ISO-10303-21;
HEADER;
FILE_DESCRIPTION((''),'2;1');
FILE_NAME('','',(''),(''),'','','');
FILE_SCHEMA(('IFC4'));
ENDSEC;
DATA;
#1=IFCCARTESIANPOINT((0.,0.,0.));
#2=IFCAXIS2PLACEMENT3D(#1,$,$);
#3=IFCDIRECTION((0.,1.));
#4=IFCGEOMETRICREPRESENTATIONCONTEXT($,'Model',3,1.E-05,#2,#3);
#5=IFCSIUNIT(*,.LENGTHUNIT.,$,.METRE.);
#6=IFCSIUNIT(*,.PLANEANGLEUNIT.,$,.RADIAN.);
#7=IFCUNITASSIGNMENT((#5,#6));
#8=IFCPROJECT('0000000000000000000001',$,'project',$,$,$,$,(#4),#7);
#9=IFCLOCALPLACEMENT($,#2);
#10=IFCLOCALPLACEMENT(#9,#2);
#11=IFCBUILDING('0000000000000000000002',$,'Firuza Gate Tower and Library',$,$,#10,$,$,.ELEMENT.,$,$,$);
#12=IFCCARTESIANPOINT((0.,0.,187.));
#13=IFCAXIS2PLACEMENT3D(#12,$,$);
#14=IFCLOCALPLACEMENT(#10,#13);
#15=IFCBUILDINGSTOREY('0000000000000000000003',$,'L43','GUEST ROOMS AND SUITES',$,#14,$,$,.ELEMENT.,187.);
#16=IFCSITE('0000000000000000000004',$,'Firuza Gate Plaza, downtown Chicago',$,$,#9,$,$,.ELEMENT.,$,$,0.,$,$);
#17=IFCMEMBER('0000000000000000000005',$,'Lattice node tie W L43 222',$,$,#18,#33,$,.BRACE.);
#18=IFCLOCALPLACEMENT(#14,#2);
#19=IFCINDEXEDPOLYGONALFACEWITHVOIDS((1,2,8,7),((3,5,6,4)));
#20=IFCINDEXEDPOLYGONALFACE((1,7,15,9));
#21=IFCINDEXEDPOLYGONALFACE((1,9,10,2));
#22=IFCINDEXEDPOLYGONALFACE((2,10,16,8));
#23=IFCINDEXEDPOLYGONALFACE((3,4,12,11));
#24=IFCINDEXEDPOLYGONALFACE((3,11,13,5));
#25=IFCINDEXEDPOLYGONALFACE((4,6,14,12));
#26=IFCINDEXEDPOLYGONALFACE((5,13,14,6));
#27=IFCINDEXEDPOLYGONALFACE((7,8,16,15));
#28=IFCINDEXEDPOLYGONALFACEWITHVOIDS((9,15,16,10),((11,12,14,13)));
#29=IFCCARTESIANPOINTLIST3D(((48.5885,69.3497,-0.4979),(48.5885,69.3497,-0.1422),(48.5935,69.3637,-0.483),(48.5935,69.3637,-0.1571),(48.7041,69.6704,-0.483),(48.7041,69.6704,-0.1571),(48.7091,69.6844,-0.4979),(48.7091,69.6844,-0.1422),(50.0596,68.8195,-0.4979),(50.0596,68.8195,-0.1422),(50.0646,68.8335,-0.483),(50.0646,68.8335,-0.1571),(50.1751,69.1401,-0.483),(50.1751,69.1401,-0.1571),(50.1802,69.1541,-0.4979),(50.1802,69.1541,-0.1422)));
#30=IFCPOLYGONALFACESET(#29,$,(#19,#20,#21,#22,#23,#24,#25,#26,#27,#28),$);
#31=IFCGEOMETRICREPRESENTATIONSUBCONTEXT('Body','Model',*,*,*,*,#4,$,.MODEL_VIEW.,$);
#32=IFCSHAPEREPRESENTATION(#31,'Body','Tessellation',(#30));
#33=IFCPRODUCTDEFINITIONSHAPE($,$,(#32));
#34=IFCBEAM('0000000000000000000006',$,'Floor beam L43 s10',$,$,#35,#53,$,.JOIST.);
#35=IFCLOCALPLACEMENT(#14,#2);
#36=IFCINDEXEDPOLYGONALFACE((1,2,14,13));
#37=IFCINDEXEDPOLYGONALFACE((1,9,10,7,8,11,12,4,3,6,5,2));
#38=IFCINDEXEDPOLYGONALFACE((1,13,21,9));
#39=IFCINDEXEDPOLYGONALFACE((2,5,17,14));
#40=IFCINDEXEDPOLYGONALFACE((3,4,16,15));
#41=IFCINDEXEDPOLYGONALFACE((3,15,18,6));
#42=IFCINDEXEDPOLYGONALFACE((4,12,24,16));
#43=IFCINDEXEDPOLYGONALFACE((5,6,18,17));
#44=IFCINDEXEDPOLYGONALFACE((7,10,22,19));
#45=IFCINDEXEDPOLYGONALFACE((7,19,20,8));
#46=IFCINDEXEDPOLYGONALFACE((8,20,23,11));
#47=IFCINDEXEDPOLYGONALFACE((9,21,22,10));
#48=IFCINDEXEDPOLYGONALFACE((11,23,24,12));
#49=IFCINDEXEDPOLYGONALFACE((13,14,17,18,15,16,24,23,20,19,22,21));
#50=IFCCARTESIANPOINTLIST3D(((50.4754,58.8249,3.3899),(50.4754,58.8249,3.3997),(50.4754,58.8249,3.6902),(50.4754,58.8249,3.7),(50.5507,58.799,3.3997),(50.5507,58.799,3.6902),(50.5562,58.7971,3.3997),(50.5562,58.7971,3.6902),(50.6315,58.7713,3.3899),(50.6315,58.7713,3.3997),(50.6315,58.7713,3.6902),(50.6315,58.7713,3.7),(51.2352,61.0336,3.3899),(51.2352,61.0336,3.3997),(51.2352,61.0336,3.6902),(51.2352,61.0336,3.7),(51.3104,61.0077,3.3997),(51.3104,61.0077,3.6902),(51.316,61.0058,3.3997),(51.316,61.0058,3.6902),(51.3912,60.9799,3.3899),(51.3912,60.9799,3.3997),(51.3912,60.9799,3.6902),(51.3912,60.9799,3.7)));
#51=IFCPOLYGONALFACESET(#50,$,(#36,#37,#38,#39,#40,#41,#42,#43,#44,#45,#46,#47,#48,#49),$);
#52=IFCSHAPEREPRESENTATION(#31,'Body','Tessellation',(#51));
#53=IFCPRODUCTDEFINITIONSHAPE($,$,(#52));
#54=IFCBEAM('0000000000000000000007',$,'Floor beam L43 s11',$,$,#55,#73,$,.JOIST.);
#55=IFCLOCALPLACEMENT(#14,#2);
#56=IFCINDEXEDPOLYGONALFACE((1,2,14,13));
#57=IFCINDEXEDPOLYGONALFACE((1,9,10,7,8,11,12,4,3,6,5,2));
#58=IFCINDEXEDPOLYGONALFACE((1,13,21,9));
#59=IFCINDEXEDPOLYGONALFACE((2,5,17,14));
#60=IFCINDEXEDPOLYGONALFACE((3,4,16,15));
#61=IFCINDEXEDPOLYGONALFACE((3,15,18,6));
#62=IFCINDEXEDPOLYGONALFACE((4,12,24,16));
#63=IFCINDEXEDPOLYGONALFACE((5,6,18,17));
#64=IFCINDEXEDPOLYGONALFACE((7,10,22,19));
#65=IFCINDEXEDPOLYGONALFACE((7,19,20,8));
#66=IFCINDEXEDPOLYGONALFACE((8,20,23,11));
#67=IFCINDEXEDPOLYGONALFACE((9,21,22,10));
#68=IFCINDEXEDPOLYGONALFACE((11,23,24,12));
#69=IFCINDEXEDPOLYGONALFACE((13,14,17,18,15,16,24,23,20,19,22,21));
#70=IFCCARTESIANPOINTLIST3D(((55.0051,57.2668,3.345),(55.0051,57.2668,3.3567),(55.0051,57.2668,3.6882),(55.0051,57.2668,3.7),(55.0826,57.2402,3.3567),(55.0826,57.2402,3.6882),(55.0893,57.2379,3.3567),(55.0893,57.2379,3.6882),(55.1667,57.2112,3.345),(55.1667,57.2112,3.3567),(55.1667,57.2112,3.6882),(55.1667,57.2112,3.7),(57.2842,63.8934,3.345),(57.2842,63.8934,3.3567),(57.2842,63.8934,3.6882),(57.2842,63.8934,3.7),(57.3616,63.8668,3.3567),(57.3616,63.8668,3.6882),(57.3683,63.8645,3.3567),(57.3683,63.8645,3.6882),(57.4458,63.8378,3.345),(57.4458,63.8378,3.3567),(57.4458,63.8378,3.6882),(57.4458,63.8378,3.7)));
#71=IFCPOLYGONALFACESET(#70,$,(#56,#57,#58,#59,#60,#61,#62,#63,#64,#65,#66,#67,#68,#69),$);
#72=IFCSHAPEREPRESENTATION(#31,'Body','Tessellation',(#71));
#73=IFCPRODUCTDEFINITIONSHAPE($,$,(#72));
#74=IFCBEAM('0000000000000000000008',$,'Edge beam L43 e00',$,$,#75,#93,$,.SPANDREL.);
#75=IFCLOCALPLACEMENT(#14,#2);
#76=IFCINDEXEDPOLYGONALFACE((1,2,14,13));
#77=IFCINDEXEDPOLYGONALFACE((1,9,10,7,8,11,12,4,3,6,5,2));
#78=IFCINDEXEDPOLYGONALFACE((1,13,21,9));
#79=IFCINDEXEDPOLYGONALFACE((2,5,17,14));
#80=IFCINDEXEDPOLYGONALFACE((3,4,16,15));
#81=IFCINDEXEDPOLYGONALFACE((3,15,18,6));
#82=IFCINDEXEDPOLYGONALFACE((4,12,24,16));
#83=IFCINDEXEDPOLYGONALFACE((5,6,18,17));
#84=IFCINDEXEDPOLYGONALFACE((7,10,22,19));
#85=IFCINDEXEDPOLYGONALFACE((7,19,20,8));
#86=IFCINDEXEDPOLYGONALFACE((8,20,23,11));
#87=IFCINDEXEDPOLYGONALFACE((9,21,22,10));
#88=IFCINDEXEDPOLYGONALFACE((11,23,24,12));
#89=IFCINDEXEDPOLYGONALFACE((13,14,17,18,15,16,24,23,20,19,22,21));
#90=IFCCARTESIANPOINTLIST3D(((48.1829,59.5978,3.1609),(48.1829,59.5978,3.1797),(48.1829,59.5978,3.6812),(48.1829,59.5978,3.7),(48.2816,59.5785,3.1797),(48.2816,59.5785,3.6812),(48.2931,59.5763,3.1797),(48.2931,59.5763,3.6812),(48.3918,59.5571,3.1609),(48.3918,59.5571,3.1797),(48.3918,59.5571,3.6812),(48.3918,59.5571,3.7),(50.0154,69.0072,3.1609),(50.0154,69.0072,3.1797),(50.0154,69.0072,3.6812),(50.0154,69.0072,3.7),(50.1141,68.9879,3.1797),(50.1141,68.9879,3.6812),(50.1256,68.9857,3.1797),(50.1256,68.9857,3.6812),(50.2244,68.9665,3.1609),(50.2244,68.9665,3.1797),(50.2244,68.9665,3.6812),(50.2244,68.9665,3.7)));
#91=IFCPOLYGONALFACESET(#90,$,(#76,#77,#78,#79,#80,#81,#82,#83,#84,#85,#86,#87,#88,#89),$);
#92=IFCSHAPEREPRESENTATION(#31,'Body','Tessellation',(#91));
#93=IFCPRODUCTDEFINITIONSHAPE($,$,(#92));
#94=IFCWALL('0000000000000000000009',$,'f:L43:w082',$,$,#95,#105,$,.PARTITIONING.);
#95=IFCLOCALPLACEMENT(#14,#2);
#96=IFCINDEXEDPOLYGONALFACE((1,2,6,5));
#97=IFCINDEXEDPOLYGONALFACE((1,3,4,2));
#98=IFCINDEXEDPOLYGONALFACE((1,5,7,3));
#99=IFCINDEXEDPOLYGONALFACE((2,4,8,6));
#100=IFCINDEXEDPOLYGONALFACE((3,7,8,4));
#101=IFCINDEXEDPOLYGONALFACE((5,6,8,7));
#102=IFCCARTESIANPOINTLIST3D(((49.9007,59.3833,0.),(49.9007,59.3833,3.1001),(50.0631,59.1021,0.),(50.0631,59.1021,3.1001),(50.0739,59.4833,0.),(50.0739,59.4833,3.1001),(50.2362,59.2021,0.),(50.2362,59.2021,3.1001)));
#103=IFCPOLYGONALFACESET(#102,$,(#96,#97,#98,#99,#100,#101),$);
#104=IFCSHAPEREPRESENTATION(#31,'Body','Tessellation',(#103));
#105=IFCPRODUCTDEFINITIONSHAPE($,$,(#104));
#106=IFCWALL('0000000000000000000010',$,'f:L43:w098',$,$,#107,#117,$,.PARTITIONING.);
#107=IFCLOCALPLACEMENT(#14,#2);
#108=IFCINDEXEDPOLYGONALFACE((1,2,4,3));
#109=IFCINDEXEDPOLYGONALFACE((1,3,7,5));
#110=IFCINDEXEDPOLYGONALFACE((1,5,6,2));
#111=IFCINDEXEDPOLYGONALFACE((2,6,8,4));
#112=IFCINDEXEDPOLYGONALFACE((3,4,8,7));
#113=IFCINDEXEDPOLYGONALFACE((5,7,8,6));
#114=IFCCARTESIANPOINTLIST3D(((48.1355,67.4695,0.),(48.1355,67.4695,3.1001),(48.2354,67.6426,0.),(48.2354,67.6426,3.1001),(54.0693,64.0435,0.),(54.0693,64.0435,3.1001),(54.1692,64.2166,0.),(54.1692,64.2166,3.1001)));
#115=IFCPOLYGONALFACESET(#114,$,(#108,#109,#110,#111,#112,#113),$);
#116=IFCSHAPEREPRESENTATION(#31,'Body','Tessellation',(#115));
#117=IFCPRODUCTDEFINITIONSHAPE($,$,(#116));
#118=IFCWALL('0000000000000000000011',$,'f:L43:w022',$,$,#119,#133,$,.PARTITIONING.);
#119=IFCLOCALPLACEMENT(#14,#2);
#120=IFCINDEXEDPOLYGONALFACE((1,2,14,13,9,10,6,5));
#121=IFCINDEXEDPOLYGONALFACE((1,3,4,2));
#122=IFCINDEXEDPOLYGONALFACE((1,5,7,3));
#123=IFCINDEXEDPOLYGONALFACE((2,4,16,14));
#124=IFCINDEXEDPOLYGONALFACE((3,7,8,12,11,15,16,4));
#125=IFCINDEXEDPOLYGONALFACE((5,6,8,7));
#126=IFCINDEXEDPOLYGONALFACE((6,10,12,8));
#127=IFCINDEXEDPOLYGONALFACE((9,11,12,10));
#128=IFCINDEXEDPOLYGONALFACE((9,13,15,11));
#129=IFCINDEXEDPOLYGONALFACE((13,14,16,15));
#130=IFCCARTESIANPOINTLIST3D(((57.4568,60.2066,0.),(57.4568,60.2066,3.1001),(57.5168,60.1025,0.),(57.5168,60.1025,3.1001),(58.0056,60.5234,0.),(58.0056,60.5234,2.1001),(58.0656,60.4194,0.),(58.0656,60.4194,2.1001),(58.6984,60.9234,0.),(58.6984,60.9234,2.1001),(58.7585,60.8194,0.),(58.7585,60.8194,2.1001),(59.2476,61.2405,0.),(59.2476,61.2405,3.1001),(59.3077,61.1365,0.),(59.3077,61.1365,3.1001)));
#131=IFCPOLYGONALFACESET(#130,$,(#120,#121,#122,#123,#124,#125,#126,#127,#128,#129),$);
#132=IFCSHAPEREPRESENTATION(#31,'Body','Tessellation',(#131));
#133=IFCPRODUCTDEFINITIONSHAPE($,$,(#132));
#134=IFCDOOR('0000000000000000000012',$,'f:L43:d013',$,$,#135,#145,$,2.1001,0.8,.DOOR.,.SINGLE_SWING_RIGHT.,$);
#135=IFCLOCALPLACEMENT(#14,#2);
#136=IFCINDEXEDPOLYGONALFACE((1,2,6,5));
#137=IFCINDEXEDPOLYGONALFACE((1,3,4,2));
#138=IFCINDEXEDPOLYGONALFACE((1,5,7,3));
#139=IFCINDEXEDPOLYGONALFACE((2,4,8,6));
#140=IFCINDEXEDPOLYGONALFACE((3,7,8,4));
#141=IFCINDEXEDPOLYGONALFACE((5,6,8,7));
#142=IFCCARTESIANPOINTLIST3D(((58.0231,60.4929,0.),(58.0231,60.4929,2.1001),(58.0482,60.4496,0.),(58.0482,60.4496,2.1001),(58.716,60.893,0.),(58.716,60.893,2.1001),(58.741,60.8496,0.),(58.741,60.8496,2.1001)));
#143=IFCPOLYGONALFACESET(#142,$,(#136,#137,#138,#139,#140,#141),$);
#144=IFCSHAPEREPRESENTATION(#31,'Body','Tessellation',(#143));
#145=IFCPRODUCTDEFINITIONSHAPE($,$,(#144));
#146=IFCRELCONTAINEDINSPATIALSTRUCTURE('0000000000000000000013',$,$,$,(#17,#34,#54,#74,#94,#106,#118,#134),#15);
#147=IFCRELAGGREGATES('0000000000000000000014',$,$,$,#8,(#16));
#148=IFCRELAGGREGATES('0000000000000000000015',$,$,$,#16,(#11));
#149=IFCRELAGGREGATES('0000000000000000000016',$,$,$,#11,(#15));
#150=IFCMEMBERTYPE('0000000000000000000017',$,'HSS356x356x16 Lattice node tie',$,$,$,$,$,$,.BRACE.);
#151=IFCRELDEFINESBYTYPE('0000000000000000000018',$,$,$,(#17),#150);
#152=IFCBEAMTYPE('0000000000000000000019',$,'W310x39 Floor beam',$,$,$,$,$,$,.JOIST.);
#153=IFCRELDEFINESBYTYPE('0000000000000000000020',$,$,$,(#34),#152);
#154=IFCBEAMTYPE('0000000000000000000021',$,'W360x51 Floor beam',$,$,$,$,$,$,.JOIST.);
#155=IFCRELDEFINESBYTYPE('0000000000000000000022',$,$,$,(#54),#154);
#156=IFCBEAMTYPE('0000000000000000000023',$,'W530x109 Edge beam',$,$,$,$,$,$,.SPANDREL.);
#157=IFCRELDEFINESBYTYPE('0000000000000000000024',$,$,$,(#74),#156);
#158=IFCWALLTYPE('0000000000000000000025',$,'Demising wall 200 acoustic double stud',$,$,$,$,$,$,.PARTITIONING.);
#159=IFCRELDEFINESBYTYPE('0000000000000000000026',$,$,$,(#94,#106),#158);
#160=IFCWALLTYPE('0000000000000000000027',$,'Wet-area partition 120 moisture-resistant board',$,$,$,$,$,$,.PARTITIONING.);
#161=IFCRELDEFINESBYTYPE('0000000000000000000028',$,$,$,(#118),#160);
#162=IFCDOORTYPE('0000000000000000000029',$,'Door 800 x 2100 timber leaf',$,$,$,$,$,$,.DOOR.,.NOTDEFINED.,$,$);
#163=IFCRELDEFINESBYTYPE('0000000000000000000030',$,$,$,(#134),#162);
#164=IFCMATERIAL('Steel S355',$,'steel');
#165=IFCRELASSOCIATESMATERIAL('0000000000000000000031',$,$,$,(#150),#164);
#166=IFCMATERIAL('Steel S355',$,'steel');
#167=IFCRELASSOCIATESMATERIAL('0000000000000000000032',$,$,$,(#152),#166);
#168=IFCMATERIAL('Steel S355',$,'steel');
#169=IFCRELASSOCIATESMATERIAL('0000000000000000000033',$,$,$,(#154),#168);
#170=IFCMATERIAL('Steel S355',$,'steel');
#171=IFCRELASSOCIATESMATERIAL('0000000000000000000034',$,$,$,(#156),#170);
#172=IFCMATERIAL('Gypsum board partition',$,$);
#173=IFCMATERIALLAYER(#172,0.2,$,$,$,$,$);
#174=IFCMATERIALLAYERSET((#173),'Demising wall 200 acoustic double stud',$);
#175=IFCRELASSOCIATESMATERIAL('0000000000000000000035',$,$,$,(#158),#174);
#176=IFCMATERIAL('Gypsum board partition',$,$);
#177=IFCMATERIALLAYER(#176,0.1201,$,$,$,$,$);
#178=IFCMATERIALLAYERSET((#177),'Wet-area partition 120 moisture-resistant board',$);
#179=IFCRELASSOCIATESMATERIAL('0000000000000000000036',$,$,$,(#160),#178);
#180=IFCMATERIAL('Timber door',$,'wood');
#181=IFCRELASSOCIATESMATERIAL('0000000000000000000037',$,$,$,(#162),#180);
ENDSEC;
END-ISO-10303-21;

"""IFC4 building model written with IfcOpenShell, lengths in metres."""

from ifc_helpers import new_model, si_unit, direction, frame, frame_2d, origin, origin_2d, place, context, subcontext, project, spatial, rectangle, hollow_rectangle, i_section, extrude, material, layer, layer_set, material_profile, profile_set, type_object, element, fill, save


model = new_model("IFC4")

# Units and contexts
model_context = context("Model", 3, precision=1e-05, world=origin(), true_north=direction((0.0, 1.0)))
body_context = subcontext(model_context, "Body", "Model", "MODEL_VIEW")
ifc_project = project(units=[si_unit("LENGTHUNIT", "METRE"), si_unit("PLANEANGLEUNIT", "RADIAN")], contexts=[model_context])

# Site, building, storey
site_placement = place(None, origin())
site = spatial("IfcSite", under=ifc_project, at=site_placement, Name="Firuza Gate Plaza, downtown Chicago", CompositionType="ELEMENT", RefElevation=0.0)
building_placement = place(site_placement, origin())
building = spatial("IfcBuilding", under=site, at=building_placement, Name="Firuza Gate Tower and Library", CompositionType="ELEMENT")
storey_placement = place(building_placement, frame((0.0, 0.0, 187.0)))
storey = spatial("IfcBuildingStorey", under=building, at=storey_placement, Name="L43", Description="GUEST ROOMS AND SUITES", CompositionType="ELEMENT", Elevation=187.0)

# Member
ifc_material_1 = material(Name="Steel S355", Category="steel")
ifc_material_profile_1 = material_profile(ifc_material_1, hollow_rectangle(XDim=0.3557, YDim=0.3557, WallThickness=0.0149, at=origin_2d()))
ifc_profile_set_1 = profile_set([ifc_material_profile_1], Name="Steel S355")
member_type = type_object("IfcMemberType", Name="HSS356x356x16 Lattice node tie", PredefinedType="BRACE", material=ifc_profile_set_1)
member_placement = place(storey_placement, frame((50.1199, 68.9868, -0.3201), z_axis=(-0.940756, 0.339084, 0.0), x_axis=(-0.339084, -0.940756, 0.0)))
element("IfcMember", 1, at=member_placement, inside=storey, type_object=member_type, Name="Lattice node tie W L43 222", PredefinedType="BRACE", context=body_context, shape_type="SweptSolid", body=[
    extrude(hollow_rectangle(XDim=0.3557, YDim=0.3557, WallThickness=0.0149, at=origin_2d()), origin(), (0.0, 0.0, 1.0), 1.5637),
])

# Beams
ifc_material_2 = material(Name="Steel S355", Category="steel")
ifc_material_profile_2 = material_profile(ifc_material_2, i_section(OverallWidth=0.165, OverallDepth=0.3101, WebThickness=0.0059, FlangeThickness=0.0098, at=origin_2d()))
ifc_profile_set_2 = profile_set([ifc_material_profile_2], Name="Steel S355")
beam_type_1 = type_object("IfcBeamType", Name="W310x39 Floor beam", PredefinedType="JOIST", material=ifc_profile_set_2)
beam_1_placement = place(storey_placement, frame((50.5535, 58.7981, 3.5449), z_axis=(0.325275, 0.945619, 0.0), x_axis=(-0.945619, 0.325275, 0.0)))
element("IfcBeam", 2, at=beam_1_placement, inside=storey, type_object=beam_type_1, Name="Floor beam L43 s10", PredefinedType="JOIST", context=body_context, shape_type="SweptSolid", body=[
    extrude(i_section(OverallWidth=0.165, OverallDepth=0.3101, WebThickness=0.0059, FlangeThickness=0.0098, at=origin_2d()), origin(), (0.0, 0.0, 1.0), 2.3357),
])
ifc_material_3 = material(Name="Steel S355", Category="steel")
ifc_material_profile_3 = material_profile(ifc_material_3, i_section(OverallWidth=0.1709, OverallDepth=0.355, WebThickness=0.0071, FlangeThickness=0.0117, at=origin_2d()))
ifc_profile_set_3 = profile_set([ifc_material_profile_3], Name="Steel S355")
beam_type_2 = type_object("IfcBeamType", Name="W360x51 Floor beam", PredefinedType="JOIST", material=ifc_profile_set_3)
beam_2_placement = place(storey_placement, frame((55.0859, 57.239, 3.5225), z_axis=(0.325223, 0.945637, 0.0), x_axis=(-0.945637, 0.325223, 0.0)))
element("IfcBeam", 3, at=beam_2_placement, inside=storey, type_object=beam_type_2, Name="Floor beam L43 s11", PredefinedType="JOIST", context=body_context, shape_type="SweptSolid", body=[
    extrude(i_section(OverallWidth=0.1709, OverallDepth=0.355, WebThickness=0.0071, FlangeThickness=0.0117, at=origin_2d()), origin(), (0.0, 0.0, 1.0), 7.0076),
])
ifc_material_4 = material(Name="Steel S355", Category="steel")
ifc_material_profile_4 = material_profile(ifc_material_4, i_section(OverallWidth=0.2129, OverallDepth=0.5391, WebThickness=0.0117, FlangeThickness=0.0188, at=origin_2d()))
ifc_profile_set_4 = profile_set([ifc_material_profile_4], Name="Steel S355")
beam_type_3 = type_object("IfcBeamType", Name="W530x109 Edge beam", PredefinedType="SPANDREL", material=ifc_profile_set_4)
beam_3_placement = place(storey_placement, frame((50.1199, 68.9868, 3.4304), z_axis=(-0.191162, -0.981558, 0.0), x_axis=(0.981558, -0.191162, 0.0)))
element("IfcBeam", 4, at=beam_3_placement, inside=storey, type_object=beam_type_3, Name="Edge beam L43 e00", PredefinedType="SPANDREL", context=body_context, shape_type="SweptSolid", body=[
    extrude(i_section(OverallWidth=0.2129, OverallDepth=0.5391, WebThickness=0.0117, FlangeThickness=0.0188, at=origin_2d()), origin(), (0.0, 0.0, 1.0), 9.5862),
])

# Walls
ifc_material_5 = material(Name="Gypsum board partition")
ifc_layer_1 = layer(ifc_material_5, 0.2)
ifc_layer_set_1 = layer_set([ifc_layer_1], Name="Demising wall 200 acoustic double stud")
wall_type_1 = type_object("IfcWallType", Name="Demising wall 200 acoustic double stud", PredefinedType="PARTITIONING", material=ifc_layer_set_1)
wall_1_placement = place(storey_placement, frame((50.1497, 59.1521, 0.0), z_axis=(0.0, 0.0, 1.0), x_axis=(-0.499939, 0.86606, 0.0)))
element("IfcWall", 5, at=wall_1_placement, inside=storey, type_object=wall_type_1, Name="f:L43:w082", PredefinedType="PARTITIONING", context=body_context, shape_type="SweptSolid", body=[
    extrude(rectangle(XDim=0.3247, YDim=0.2, at=frame_2d((0.1624, 0.0))), origin(), (0.0, 0.0, 1.0), 3.1001),
])
wall_2_placement = place(storey_placement, frame((54.1191, 64.1301, 0.0), z_axis=(0.0, 0.0, 1.0), x_axis=(-0.866018, 0.500013, 0.0)))
element("IfcWall", 6, at=wall_2_placement, inside=storey, type_object=wall_type_1, Name="f:L43:w098", PredefinedType="PARTITIONING", context=body_context, shape_type="SweptSolid", body=[
    extrude(rectangle(XDim=6.8518, YDim=0.2, at=frame_2d((3.4258, 0.0))), origin(), (0.0, 0.0, 1.0), 3.1001),
])

# Wall, opening, door
ifc_material_6 = material(Name="Gypsum board partition")
ifc_layer_2 = layer(ifc_material_6, 0.1201)
ifc_layer_set_2 = layer_set([ifc_layer_2], Name="Wet-area partition 120 moisture-resistant board")
wall_type_2 = type_object("IfcWallType", Name="Wet-area partition 120 moisture-resistant board", PredefinedType="PARTITIONING", material=ifc_layer_set_2)
wall_3_placement = place(storey_placement, frame((57.4868, 60.1545, 0.0), z_axis=(0.0, 0.0, 1.0), x_axis=(0.866018, 0.500012, 0.0)))
wall_3 = element("IfcWall", 7, at=wall_3_placement, inside=storey, type_object=wall_type_2, Name="f:L43:w022", PredefinedType="PARTITIONING", context=body_context, shape_type="SweptSolid", body=[
    extrude(rectangle(XDim=2.0679, YDim=0.1201, at=frame_2d((1.0339, 0.0))), origin(), (0.0, 0.0, 1.0), 3.1001),
])
opening_1_placement = place(wall_3_placement, frame((0.6338, 0.0, 0.0)))
opening_1 = element("IfcOpeningElement", 8, at=opening_1_placement, cuts=wall_3, PredefinedType="OPENING", context=body_context, shape_type="SweptSolid", body=[
    extrude(rectangle(XDim=0.8, YDim=2.1001, at=frame_2d((0.3999, 1.05))), frame((0.0, 0.0701, 0.0), z_axis=(0.0, -1.0, 0.0), x_axis=(1.0, 0.0, 0.0)), (0.0, 0.0, 1.0), 0.1401),
])
ifc_material_7 = material(Name="Timber door", Category="wood")
door_type = type_object("IfcDoorType", Name="Door 800 x 2100 timber leaf", OperationType="NOTDEFINED", PredefinedType="DOOR", material=ifc_material_7)
door_1_placement = place(opening_1_placement, origin())
door_1 = element("IfcDoor", 9, at=door_1_placement, inside=storey, type_object=door_type, Name="f:L43:d013", OperationType="SINGLE_SWING_RIGHT", OverallHeight=2.1001, OverallWidth=0.8, PredefinedType="DOOR", context=body_context, shape_type="SweptSolid", body=[
    extrude(rectangle(XDim=0.8, YDim=2.1001, at=frame_2d((0.3999, 1.05))), frame((0.0, 0.0249, 0.0), z_axis=(0.0, -1.0, 0.0), x_axis=(1.0, 0.0, 0.0)), (0.0, 0.0, 1.0), 0.05),
])
fill(opening_1, door_1)

save(model, "model.ifc")
